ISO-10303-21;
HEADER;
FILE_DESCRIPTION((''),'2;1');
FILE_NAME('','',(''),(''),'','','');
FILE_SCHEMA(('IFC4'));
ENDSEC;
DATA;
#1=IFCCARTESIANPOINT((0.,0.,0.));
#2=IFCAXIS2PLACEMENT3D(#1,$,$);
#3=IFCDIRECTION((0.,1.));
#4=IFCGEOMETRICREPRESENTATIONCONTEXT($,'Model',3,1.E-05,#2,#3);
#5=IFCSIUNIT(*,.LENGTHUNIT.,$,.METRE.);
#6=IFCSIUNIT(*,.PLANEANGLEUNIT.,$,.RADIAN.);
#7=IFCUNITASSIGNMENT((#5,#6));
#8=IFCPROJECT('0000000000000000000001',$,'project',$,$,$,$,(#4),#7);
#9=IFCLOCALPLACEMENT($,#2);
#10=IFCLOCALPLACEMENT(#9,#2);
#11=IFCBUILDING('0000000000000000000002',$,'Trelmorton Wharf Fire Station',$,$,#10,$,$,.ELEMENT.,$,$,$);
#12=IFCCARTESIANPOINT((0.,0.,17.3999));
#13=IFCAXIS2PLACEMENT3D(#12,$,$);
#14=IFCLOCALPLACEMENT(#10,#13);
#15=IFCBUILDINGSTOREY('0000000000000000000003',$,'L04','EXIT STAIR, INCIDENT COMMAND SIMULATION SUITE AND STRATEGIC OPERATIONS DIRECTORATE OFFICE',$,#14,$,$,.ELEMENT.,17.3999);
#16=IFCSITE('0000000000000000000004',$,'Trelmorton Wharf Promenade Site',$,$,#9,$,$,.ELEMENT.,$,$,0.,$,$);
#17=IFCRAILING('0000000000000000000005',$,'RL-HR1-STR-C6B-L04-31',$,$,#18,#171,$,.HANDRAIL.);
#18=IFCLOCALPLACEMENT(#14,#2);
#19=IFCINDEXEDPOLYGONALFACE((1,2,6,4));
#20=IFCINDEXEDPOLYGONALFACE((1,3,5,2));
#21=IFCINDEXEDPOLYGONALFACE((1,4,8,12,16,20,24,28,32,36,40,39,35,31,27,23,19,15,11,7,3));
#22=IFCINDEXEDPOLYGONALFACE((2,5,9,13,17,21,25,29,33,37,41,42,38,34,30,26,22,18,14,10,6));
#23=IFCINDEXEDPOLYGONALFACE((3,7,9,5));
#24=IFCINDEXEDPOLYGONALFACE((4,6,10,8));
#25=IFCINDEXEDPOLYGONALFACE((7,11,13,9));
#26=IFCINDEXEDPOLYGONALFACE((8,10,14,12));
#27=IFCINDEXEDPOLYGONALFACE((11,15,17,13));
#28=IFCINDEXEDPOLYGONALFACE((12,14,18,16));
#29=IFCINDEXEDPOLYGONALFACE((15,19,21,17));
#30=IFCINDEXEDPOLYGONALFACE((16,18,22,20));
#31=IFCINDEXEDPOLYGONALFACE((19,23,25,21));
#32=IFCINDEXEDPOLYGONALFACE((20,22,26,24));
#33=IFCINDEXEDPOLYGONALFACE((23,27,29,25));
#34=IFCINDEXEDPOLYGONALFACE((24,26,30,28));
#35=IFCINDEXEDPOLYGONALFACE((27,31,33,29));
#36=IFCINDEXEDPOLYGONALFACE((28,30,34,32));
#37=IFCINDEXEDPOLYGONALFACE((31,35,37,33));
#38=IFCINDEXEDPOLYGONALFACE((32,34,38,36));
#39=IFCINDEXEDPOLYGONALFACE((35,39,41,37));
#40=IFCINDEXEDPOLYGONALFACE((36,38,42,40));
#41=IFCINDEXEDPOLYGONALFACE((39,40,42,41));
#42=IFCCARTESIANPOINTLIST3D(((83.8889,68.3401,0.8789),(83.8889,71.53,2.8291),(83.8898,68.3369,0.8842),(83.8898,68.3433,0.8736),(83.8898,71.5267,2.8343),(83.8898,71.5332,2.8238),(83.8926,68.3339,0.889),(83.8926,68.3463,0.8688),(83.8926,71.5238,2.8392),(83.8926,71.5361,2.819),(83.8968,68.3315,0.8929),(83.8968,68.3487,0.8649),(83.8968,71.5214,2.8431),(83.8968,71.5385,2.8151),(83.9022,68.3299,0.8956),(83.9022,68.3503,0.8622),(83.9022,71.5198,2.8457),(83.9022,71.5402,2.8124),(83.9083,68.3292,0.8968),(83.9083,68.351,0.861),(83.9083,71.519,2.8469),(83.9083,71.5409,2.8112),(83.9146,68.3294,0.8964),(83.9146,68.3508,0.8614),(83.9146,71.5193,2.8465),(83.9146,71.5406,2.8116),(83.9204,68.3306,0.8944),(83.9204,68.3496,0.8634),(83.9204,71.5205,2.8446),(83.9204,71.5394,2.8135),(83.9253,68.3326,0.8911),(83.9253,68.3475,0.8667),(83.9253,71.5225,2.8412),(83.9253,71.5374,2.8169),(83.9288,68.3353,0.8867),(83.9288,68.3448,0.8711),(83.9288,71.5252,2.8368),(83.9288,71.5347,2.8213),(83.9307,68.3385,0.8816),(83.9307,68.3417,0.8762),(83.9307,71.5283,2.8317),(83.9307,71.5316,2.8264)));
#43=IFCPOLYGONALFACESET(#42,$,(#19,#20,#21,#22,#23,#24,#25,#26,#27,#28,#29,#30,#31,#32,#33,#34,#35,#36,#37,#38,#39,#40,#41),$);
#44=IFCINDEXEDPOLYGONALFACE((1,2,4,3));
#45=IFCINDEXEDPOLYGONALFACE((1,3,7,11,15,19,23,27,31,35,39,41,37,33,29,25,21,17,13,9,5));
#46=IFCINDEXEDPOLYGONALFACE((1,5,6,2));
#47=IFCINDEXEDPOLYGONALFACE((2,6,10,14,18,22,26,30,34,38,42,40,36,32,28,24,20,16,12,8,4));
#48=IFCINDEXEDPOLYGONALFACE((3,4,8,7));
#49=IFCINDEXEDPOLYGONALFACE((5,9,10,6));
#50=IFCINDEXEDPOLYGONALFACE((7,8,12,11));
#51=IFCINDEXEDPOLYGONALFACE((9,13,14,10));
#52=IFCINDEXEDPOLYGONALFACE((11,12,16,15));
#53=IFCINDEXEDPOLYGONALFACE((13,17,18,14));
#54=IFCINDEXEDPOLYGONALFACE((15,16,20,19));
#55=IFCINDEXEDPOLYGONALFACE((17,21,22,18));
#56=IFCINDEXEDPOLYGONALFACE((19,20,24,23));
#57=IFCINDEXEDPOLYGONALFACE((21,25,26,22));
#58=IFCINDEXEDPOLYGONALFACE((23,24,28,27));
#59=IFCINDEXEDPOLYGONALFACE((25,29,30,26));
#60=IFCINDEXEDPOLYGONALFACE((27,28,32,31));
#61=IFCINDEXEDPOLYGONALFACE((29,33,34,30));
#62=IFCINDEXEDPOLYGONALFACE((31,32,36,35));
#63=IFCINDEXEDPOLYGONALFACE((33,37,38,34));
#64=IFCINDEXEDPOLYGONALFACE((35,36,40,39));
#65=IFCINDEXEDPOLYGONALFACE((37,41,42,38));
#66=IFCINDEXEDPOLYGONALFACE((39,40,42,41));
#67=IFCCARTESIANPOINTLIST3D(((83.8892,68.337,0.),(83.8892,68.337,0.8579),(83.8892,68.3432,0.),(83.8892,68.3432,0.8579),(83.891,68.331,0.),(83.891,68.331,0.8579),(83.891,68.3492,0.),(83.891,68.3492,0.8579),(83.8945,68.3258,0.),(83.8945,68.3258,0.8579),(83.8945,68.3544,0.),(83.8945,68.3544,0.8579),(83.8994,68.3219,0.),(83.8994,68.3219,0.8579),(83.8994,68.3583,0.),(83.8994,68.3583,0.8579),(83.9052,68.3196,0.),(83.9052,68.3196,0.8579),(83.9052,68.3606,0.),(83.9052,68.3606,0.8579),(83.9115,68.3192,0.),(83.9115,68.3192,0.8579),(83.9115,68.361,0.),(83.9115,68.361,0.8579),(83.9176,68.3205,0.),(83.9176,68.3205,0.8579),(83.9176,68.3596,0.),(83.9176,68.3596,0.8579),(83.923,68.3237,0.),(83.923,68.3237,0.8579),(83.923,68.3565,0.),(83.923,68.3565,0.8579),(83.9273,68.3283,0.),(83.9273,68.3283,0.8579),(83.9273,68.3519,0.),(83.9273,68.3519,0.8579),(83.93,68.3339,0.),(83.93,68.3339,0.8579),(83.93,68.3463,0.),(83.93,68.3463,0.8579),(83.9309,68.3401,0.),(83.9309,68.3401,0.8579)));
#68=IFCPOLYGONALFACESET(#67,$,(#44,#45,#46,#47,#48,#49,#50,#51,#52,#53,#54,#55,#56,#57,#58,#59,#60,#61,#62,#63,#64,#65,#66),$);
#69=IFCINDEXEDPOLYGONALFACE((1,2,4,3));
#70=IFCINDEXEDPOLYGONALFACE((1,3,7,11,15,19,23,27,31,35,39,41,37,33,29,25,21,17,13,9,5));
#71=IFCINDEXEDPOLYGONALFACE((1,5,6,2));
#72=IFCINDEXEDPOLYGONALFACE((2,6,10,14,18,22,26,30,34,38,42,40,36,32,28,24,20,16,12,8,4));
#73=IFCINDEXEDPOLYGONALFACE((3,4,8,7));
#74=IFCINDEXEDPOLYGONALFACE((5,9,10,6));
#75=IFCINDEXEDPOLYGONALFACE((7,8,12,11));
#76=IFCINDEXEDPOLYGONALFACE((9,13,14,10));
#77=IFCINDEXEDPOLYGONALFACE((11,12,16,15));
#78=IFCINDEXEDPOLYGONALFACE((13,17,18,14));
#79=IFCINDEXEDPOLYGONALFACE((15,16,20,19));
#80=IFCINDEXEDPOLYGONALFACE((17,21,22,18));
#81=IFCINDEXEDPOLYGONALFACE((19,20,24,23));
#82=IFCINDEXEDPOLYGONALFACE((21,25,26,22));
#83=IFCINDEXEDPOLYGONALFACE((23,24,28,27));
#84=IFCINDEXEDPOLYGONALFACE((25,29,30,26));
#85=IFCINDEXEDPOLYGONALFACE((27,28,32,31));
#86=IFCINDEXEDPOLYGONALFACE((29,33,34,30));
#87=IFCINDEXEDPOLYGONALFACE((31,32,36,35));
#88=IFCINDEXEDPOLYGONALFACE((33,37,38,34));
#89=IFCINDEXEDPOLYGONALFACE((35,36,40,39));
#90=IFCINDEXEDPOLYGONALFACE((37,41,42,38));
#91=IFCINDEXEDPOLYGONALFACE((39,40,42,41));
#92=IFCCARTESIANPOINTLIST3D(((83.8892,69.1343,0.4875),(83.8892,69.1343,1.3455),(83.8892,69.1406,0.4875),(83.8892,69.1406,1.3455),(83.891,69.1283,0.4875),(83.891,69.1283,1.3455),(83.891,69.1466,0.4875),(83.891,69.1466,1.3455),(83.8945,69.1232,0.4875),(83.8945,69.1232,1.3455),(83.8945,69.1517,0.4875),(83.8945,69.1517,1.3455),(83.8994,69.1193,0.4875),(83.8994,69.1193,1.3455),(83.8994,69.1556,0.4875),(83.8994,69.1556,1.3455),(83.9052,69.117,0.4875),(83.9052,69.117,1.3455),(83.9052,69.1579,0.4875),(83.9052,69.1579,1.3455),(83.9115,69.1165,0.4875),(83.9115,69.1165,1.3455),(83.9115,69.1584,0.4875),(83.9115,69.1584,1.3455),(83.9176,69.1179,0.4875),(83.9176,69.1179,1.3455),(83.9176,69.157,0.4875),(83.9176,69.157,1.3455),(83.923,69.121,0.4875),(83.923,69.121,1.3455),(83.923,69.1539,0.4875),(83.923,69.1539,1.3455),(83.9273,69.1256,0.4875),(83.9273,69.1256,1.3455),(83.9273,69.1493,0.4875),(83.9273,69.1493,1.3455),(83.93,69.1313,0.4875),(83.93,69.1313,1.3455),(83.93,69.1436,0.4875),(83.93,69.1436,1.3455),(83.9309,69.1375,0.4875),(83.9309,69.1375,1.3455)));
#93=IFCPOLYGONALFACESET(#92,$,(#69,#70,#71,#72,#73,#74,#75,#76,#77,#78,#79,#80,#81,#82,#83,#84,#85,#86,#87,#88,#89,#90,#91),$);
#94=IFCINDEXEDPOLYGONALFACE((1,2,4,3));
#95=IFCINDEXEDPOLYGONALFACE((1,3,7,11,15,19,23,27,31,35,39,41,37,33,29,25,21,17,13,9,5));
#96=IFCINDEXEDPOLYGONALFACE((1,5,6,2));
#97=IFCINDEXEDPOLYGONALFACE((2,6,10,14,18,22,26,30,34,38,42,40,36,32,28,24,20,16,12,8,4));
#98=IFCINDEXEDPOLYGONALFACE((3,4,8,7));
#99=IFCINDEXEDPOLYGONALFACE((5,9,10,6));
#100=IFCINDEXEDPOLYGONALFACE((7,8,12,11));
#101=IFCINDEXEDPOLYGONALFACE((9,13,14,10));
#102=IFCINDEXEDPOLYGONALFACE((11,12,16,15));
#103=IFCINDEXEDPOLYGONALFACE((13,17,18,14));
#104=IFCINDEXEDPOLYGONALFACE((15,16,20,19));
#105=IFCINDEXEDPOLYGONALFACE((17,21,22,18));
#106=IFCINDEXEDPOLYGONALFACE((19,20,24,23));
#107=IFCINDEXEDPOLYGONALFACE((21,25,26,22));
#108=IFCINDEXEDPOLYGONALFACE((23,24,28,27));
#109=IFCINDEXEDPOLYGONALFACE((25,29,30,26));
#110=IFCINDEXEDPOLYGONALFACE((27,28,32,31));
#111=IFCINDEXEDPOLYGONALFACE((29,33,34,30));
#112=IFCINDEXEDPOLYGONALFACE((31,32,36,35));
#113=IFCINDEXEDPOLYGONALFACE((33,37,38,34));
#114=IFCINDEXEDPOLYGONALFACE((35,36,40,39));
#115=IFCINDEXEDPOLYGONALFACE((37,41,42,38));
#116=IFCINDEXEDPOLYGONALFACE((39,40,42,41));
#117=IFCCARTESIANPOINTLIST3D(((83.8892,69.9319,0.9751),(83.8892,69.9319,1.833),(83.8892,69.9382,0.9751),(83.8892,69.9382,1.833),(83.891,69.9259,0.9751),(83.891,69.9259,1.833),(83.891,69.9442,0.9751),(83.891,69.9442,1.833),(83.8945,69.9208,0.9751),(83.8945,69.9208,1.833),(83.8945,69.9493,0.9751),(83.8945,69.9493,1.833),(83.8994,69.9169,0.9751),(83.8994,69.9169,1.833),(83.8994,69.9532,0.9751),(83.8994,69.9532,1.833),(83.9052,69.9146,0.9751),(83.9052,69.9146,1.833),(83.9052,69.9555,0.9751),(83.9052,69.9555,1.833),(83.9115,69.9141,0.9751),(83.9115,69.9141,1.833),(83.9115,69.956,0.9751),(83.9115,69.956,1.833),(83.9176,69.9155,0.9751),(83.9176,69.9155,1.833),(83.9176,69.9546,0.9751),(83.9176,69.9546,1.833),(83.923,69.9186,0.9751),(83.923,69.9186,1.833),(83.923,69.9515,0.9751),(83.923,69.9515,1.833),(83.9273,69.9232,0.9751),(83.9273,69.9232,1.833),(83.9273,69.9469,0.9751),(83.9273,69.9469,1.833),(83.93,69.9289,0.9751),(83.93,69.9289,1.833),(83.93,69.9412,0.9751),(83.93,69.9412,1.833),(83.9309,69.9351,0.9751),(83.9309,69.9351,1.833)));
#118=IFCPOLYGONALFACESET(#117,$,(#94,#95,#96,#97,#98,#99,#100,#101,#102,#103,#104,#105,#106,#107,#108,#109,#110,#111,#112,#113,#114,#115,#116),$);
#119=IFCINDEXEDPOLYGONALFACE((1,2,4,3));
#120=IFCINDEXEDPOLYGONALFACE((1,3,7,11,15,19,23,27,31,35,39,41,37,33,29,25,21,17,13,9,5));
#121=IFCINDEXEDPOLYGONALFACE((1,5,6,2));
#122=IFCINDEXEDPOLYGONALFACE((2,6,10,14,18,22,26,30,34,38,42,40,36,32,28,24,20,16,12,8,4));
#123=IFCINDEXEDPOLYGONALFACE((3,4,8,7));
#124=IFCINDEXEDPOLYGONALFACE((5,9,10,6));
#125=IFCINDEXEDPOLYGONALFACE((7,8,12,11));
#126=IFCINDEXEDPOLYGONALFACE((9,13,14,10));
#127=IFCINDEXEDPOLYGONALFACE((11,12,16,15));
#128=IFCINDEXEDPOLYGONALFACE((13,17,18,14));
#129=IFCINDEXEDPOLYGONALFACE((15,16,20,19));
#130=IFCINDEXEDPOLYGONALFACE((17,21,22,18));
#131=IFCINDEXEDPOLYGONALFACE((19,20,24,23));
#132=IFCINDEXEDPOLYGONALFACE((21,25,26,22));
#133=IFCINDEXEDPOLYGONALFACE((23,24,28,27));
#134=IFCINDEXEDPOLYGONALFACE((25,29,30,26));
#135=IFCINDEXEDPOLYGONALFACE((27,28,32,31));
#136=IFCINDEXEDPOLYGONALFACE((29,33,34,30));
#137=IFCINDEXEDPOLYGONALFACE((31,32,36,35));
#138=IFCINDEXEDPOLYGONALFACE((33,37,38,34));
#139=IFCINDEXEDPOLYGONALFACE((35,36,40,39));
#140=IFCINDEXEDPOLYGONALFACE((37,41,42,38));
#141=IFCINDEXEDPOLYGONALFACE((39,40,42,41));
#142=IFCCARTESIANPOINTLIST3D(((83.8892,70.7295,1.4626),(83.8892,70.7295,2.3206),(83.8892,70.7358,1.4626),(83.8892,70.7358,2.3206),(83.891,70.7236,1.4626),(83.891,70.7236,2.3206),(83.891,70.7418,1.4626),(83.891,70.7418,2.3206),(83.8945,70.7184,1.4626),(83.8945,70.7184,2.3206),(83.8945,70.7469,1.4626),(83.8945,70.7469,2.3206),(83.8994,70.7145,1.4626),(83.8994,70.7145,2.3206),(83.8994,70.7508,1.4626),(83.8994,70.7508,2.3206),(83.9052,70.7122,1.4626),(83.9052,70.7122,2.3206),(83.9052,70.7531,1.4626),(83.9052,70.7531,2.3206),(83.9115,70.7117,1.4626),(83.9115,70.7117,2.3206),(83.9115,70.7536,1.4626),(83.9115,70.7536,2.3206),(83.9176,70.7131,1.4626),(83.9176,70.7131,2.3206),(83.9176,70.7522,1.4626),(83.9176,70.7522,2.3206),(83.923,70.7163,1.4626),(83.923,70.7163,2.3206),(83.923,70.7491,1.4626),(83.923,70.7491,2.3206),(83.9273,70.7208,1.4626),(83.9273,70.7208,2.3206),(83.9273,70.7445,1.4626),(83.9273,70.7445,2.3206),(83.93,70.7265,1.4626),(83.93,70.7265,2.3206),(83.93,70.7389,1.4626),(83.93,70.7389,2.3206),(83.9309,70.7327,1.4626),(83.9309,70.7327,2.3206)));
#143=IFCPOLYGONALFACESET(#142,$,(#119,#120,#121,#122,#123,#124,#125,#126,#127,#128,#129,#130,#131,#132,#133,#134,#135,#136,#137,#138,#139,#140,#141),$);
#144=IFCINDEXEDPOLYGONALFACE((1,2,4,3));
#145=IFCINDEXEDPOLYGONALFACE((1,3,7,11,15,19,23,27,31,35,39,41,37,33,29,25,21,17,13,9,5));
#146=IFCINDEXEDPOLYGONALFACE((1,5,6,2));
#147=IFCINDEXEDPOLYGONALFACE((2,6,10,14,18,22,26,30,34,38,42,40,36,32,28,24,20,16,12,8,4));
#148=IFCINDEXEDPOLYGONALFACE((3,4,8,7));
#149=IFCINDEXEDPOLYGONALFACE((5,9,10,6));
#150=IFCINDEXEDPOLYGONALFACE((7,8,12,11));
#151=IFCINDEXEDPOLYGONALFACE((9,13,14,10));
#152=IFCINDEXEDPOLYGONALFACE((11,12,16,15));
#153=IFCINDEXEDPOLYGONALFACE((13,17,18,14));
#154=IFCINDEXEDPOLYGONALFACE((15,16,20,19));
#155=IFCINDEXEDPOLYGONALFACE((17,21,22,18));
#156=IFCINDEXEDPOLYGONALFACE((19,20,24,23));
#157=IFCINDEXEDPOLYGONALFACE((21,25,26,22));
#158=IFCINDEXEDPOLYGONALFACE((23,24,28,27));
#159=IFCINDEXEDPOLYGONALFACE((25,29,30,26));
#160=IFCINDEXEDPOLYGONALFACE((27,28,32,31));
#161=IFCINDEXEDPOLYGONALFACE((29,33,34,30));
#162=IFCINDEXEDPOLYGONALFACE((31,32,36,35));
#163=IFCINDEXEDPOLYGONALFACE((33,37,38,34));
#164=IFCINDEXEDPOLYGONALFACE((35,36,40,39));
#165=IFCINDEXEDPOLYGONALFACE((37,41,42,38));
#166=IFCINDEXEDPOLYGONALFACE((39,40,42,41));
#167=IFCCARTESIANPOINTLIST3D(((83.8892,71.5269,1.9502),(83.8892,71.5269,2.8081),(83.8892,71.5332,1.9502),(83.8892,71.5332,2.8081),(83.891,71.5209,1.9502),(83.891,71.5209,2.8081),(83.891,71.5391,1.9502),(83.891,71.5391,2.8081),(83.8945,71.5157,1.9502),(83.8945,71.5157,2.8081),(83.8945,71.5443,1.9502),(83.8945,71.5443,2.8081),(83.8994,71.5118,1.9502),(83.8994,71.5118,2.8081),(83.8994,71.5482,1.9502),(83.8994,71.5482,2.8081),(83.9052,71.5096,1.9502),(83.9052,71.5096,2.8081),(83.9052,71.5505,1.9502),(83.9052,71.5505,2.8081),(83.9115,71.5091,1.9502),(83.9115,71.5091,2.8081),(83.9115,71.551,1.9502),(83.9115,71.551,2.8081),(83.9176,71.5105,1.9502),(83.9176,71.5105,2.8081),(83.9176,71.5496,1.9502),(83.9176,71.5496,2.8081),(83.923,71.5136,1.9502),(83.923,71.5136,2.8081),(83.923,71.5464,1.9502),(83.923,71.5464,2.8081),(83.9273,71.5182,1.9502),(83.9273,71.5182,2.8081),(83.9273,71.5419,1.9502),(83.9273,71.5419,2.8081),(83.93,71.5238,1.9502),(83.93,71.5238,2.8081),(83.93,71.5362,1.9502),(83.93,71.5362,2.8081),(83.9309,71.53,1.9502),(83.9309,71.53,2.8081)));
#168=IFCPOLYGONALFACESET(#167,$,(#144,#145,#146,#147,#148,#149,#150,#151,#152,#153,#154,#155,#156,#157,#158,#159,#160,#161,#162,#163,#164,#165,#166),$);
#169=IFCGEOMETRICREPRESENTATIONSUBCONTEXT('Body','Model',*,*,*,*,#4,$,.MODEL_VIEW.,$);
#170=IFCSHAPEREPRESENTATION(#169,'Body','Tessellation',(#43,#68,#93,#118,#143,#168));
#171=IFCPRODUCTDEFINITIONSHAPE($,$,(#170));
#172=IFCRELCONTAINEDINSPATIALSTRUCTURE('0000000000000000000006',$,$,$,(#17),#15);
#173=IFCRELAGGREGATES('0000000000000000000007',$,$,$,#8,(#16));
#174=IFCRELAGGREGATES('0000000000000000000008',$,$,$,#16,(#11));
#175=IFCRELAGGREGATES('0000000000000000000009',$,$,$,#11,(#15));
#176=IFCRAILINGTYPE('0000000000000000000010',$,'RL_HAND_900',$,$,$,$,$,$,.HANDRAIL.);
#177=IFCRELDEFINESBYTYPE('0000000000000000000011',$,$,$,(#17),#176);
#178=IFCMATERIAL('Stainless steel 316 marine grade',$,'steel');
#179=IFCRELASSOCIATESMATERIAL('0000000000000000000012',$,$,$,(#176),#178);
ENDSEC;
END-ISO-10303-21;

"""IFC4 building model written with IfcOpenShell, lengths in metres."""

from ifc_helpers import new_model, si_unit, direction, frame, origin, origin_2d, place, context, subcontext, project, spatial, circle, extrude, material, type_object, element, save


model = new_model("IFC4")

# Units and contexts
model_context = context("Model", 3, precision=1e-05, world=origin(), true_north=direction((0.0, 1.0)))
body_context = subcontext(model_context, "Body", "Model", "MODEL_VIEW")
ifc_project = project(units=[si_unit("LENGTHUNIT", "METRE"), si_unit("PLANEANGLEUNIT", "RADIAN")], contexts=[model_context])

# Site, building, storey
site_placement = place(None, origin())
site = spatial("IfcSite", under=ifc_project, at=site_placement, Name="Trelmorton Wharf Promenade Site", CompositionType="ELEMENT", RefElevation=0.0)
building_placement = place(site_placement, origin())
building = spatial("IfcBuilding", under=site, at=building_placement, Name="Trelmorton Wharf Fire Station", CompositionType="ELEMENT")
storey_placement = place(building_placement, frame((0.0, 0.0, 17.3999)))
storey = spatial("IfcBuildingStorey", under=building, at=storey_placement, Name="L04", Description="EXIT STAIR, INCIDENT COMMAND SIMULATION SUITE AND STRATEGIC OPERATIONS DIRECTORATE OFFICE", CompositionType="ELEMENT", Elevation=17.3999)

# Shared definitions
ifc_material_1 = material(Name="Stainless steel 316 marine grade", Category="steel")

# Railing
railing_type_1 = type_object("IfcRailingType", Name="RL_HAND_900", PredefinedType="HANDRAIL", material=ifc_material_1)
railing_1_placement = place(storey_placement, frame((83.9099, 68.3401, 0.0)))
element("IfcRailing", 1, at=railing_1_placement, inside=storey, type_object=railing_type_1, Name="RL-HR1-STR-C6B-L04-31", PredefinedType="HANDRAIL", context=body_context, shape_type="SweptSolid", body=[
    extrude(circle(Radius=0.021, at=origin_2d()), frame((0.0, 0.0, 0.8789), z_axis=(0.0, 0.853188, 0.521603), x_axis=(-1.0, 0.0, 0.0)), (0.0, 0.0, 1.0), 3.7388),
    extrude(circle(Radius=0.021, at=origin_2d()), origin(), (0.0, 0.0, 1.0), 0.8579),
    extrude(circle(Radius=0.021, at=origin_2d()), frame((0.0, 0.7974, 0.4875)), (0.0, 0.0, 1.0), 0.8579),
    extrude(circle(Radius=0.021, at=origin_2d()), frame((0.0, 1.595, 0.9751)), (0.0, 0.0, 1.0), 0.8579),
    extrude(circle(Radius=0.021, at=origin_2d()), frame((0.0, 2.3926, 1.4626)), (0.0, 0.0, 1.0), 0.8579),
    extrude(circle(Radius=0.021, at=origin_2d()), frame((0.0, 3.1899, 1.9502)), (0.0, 0.0, 1.0), 0.8579),
])

save(model, "model.ifc")
